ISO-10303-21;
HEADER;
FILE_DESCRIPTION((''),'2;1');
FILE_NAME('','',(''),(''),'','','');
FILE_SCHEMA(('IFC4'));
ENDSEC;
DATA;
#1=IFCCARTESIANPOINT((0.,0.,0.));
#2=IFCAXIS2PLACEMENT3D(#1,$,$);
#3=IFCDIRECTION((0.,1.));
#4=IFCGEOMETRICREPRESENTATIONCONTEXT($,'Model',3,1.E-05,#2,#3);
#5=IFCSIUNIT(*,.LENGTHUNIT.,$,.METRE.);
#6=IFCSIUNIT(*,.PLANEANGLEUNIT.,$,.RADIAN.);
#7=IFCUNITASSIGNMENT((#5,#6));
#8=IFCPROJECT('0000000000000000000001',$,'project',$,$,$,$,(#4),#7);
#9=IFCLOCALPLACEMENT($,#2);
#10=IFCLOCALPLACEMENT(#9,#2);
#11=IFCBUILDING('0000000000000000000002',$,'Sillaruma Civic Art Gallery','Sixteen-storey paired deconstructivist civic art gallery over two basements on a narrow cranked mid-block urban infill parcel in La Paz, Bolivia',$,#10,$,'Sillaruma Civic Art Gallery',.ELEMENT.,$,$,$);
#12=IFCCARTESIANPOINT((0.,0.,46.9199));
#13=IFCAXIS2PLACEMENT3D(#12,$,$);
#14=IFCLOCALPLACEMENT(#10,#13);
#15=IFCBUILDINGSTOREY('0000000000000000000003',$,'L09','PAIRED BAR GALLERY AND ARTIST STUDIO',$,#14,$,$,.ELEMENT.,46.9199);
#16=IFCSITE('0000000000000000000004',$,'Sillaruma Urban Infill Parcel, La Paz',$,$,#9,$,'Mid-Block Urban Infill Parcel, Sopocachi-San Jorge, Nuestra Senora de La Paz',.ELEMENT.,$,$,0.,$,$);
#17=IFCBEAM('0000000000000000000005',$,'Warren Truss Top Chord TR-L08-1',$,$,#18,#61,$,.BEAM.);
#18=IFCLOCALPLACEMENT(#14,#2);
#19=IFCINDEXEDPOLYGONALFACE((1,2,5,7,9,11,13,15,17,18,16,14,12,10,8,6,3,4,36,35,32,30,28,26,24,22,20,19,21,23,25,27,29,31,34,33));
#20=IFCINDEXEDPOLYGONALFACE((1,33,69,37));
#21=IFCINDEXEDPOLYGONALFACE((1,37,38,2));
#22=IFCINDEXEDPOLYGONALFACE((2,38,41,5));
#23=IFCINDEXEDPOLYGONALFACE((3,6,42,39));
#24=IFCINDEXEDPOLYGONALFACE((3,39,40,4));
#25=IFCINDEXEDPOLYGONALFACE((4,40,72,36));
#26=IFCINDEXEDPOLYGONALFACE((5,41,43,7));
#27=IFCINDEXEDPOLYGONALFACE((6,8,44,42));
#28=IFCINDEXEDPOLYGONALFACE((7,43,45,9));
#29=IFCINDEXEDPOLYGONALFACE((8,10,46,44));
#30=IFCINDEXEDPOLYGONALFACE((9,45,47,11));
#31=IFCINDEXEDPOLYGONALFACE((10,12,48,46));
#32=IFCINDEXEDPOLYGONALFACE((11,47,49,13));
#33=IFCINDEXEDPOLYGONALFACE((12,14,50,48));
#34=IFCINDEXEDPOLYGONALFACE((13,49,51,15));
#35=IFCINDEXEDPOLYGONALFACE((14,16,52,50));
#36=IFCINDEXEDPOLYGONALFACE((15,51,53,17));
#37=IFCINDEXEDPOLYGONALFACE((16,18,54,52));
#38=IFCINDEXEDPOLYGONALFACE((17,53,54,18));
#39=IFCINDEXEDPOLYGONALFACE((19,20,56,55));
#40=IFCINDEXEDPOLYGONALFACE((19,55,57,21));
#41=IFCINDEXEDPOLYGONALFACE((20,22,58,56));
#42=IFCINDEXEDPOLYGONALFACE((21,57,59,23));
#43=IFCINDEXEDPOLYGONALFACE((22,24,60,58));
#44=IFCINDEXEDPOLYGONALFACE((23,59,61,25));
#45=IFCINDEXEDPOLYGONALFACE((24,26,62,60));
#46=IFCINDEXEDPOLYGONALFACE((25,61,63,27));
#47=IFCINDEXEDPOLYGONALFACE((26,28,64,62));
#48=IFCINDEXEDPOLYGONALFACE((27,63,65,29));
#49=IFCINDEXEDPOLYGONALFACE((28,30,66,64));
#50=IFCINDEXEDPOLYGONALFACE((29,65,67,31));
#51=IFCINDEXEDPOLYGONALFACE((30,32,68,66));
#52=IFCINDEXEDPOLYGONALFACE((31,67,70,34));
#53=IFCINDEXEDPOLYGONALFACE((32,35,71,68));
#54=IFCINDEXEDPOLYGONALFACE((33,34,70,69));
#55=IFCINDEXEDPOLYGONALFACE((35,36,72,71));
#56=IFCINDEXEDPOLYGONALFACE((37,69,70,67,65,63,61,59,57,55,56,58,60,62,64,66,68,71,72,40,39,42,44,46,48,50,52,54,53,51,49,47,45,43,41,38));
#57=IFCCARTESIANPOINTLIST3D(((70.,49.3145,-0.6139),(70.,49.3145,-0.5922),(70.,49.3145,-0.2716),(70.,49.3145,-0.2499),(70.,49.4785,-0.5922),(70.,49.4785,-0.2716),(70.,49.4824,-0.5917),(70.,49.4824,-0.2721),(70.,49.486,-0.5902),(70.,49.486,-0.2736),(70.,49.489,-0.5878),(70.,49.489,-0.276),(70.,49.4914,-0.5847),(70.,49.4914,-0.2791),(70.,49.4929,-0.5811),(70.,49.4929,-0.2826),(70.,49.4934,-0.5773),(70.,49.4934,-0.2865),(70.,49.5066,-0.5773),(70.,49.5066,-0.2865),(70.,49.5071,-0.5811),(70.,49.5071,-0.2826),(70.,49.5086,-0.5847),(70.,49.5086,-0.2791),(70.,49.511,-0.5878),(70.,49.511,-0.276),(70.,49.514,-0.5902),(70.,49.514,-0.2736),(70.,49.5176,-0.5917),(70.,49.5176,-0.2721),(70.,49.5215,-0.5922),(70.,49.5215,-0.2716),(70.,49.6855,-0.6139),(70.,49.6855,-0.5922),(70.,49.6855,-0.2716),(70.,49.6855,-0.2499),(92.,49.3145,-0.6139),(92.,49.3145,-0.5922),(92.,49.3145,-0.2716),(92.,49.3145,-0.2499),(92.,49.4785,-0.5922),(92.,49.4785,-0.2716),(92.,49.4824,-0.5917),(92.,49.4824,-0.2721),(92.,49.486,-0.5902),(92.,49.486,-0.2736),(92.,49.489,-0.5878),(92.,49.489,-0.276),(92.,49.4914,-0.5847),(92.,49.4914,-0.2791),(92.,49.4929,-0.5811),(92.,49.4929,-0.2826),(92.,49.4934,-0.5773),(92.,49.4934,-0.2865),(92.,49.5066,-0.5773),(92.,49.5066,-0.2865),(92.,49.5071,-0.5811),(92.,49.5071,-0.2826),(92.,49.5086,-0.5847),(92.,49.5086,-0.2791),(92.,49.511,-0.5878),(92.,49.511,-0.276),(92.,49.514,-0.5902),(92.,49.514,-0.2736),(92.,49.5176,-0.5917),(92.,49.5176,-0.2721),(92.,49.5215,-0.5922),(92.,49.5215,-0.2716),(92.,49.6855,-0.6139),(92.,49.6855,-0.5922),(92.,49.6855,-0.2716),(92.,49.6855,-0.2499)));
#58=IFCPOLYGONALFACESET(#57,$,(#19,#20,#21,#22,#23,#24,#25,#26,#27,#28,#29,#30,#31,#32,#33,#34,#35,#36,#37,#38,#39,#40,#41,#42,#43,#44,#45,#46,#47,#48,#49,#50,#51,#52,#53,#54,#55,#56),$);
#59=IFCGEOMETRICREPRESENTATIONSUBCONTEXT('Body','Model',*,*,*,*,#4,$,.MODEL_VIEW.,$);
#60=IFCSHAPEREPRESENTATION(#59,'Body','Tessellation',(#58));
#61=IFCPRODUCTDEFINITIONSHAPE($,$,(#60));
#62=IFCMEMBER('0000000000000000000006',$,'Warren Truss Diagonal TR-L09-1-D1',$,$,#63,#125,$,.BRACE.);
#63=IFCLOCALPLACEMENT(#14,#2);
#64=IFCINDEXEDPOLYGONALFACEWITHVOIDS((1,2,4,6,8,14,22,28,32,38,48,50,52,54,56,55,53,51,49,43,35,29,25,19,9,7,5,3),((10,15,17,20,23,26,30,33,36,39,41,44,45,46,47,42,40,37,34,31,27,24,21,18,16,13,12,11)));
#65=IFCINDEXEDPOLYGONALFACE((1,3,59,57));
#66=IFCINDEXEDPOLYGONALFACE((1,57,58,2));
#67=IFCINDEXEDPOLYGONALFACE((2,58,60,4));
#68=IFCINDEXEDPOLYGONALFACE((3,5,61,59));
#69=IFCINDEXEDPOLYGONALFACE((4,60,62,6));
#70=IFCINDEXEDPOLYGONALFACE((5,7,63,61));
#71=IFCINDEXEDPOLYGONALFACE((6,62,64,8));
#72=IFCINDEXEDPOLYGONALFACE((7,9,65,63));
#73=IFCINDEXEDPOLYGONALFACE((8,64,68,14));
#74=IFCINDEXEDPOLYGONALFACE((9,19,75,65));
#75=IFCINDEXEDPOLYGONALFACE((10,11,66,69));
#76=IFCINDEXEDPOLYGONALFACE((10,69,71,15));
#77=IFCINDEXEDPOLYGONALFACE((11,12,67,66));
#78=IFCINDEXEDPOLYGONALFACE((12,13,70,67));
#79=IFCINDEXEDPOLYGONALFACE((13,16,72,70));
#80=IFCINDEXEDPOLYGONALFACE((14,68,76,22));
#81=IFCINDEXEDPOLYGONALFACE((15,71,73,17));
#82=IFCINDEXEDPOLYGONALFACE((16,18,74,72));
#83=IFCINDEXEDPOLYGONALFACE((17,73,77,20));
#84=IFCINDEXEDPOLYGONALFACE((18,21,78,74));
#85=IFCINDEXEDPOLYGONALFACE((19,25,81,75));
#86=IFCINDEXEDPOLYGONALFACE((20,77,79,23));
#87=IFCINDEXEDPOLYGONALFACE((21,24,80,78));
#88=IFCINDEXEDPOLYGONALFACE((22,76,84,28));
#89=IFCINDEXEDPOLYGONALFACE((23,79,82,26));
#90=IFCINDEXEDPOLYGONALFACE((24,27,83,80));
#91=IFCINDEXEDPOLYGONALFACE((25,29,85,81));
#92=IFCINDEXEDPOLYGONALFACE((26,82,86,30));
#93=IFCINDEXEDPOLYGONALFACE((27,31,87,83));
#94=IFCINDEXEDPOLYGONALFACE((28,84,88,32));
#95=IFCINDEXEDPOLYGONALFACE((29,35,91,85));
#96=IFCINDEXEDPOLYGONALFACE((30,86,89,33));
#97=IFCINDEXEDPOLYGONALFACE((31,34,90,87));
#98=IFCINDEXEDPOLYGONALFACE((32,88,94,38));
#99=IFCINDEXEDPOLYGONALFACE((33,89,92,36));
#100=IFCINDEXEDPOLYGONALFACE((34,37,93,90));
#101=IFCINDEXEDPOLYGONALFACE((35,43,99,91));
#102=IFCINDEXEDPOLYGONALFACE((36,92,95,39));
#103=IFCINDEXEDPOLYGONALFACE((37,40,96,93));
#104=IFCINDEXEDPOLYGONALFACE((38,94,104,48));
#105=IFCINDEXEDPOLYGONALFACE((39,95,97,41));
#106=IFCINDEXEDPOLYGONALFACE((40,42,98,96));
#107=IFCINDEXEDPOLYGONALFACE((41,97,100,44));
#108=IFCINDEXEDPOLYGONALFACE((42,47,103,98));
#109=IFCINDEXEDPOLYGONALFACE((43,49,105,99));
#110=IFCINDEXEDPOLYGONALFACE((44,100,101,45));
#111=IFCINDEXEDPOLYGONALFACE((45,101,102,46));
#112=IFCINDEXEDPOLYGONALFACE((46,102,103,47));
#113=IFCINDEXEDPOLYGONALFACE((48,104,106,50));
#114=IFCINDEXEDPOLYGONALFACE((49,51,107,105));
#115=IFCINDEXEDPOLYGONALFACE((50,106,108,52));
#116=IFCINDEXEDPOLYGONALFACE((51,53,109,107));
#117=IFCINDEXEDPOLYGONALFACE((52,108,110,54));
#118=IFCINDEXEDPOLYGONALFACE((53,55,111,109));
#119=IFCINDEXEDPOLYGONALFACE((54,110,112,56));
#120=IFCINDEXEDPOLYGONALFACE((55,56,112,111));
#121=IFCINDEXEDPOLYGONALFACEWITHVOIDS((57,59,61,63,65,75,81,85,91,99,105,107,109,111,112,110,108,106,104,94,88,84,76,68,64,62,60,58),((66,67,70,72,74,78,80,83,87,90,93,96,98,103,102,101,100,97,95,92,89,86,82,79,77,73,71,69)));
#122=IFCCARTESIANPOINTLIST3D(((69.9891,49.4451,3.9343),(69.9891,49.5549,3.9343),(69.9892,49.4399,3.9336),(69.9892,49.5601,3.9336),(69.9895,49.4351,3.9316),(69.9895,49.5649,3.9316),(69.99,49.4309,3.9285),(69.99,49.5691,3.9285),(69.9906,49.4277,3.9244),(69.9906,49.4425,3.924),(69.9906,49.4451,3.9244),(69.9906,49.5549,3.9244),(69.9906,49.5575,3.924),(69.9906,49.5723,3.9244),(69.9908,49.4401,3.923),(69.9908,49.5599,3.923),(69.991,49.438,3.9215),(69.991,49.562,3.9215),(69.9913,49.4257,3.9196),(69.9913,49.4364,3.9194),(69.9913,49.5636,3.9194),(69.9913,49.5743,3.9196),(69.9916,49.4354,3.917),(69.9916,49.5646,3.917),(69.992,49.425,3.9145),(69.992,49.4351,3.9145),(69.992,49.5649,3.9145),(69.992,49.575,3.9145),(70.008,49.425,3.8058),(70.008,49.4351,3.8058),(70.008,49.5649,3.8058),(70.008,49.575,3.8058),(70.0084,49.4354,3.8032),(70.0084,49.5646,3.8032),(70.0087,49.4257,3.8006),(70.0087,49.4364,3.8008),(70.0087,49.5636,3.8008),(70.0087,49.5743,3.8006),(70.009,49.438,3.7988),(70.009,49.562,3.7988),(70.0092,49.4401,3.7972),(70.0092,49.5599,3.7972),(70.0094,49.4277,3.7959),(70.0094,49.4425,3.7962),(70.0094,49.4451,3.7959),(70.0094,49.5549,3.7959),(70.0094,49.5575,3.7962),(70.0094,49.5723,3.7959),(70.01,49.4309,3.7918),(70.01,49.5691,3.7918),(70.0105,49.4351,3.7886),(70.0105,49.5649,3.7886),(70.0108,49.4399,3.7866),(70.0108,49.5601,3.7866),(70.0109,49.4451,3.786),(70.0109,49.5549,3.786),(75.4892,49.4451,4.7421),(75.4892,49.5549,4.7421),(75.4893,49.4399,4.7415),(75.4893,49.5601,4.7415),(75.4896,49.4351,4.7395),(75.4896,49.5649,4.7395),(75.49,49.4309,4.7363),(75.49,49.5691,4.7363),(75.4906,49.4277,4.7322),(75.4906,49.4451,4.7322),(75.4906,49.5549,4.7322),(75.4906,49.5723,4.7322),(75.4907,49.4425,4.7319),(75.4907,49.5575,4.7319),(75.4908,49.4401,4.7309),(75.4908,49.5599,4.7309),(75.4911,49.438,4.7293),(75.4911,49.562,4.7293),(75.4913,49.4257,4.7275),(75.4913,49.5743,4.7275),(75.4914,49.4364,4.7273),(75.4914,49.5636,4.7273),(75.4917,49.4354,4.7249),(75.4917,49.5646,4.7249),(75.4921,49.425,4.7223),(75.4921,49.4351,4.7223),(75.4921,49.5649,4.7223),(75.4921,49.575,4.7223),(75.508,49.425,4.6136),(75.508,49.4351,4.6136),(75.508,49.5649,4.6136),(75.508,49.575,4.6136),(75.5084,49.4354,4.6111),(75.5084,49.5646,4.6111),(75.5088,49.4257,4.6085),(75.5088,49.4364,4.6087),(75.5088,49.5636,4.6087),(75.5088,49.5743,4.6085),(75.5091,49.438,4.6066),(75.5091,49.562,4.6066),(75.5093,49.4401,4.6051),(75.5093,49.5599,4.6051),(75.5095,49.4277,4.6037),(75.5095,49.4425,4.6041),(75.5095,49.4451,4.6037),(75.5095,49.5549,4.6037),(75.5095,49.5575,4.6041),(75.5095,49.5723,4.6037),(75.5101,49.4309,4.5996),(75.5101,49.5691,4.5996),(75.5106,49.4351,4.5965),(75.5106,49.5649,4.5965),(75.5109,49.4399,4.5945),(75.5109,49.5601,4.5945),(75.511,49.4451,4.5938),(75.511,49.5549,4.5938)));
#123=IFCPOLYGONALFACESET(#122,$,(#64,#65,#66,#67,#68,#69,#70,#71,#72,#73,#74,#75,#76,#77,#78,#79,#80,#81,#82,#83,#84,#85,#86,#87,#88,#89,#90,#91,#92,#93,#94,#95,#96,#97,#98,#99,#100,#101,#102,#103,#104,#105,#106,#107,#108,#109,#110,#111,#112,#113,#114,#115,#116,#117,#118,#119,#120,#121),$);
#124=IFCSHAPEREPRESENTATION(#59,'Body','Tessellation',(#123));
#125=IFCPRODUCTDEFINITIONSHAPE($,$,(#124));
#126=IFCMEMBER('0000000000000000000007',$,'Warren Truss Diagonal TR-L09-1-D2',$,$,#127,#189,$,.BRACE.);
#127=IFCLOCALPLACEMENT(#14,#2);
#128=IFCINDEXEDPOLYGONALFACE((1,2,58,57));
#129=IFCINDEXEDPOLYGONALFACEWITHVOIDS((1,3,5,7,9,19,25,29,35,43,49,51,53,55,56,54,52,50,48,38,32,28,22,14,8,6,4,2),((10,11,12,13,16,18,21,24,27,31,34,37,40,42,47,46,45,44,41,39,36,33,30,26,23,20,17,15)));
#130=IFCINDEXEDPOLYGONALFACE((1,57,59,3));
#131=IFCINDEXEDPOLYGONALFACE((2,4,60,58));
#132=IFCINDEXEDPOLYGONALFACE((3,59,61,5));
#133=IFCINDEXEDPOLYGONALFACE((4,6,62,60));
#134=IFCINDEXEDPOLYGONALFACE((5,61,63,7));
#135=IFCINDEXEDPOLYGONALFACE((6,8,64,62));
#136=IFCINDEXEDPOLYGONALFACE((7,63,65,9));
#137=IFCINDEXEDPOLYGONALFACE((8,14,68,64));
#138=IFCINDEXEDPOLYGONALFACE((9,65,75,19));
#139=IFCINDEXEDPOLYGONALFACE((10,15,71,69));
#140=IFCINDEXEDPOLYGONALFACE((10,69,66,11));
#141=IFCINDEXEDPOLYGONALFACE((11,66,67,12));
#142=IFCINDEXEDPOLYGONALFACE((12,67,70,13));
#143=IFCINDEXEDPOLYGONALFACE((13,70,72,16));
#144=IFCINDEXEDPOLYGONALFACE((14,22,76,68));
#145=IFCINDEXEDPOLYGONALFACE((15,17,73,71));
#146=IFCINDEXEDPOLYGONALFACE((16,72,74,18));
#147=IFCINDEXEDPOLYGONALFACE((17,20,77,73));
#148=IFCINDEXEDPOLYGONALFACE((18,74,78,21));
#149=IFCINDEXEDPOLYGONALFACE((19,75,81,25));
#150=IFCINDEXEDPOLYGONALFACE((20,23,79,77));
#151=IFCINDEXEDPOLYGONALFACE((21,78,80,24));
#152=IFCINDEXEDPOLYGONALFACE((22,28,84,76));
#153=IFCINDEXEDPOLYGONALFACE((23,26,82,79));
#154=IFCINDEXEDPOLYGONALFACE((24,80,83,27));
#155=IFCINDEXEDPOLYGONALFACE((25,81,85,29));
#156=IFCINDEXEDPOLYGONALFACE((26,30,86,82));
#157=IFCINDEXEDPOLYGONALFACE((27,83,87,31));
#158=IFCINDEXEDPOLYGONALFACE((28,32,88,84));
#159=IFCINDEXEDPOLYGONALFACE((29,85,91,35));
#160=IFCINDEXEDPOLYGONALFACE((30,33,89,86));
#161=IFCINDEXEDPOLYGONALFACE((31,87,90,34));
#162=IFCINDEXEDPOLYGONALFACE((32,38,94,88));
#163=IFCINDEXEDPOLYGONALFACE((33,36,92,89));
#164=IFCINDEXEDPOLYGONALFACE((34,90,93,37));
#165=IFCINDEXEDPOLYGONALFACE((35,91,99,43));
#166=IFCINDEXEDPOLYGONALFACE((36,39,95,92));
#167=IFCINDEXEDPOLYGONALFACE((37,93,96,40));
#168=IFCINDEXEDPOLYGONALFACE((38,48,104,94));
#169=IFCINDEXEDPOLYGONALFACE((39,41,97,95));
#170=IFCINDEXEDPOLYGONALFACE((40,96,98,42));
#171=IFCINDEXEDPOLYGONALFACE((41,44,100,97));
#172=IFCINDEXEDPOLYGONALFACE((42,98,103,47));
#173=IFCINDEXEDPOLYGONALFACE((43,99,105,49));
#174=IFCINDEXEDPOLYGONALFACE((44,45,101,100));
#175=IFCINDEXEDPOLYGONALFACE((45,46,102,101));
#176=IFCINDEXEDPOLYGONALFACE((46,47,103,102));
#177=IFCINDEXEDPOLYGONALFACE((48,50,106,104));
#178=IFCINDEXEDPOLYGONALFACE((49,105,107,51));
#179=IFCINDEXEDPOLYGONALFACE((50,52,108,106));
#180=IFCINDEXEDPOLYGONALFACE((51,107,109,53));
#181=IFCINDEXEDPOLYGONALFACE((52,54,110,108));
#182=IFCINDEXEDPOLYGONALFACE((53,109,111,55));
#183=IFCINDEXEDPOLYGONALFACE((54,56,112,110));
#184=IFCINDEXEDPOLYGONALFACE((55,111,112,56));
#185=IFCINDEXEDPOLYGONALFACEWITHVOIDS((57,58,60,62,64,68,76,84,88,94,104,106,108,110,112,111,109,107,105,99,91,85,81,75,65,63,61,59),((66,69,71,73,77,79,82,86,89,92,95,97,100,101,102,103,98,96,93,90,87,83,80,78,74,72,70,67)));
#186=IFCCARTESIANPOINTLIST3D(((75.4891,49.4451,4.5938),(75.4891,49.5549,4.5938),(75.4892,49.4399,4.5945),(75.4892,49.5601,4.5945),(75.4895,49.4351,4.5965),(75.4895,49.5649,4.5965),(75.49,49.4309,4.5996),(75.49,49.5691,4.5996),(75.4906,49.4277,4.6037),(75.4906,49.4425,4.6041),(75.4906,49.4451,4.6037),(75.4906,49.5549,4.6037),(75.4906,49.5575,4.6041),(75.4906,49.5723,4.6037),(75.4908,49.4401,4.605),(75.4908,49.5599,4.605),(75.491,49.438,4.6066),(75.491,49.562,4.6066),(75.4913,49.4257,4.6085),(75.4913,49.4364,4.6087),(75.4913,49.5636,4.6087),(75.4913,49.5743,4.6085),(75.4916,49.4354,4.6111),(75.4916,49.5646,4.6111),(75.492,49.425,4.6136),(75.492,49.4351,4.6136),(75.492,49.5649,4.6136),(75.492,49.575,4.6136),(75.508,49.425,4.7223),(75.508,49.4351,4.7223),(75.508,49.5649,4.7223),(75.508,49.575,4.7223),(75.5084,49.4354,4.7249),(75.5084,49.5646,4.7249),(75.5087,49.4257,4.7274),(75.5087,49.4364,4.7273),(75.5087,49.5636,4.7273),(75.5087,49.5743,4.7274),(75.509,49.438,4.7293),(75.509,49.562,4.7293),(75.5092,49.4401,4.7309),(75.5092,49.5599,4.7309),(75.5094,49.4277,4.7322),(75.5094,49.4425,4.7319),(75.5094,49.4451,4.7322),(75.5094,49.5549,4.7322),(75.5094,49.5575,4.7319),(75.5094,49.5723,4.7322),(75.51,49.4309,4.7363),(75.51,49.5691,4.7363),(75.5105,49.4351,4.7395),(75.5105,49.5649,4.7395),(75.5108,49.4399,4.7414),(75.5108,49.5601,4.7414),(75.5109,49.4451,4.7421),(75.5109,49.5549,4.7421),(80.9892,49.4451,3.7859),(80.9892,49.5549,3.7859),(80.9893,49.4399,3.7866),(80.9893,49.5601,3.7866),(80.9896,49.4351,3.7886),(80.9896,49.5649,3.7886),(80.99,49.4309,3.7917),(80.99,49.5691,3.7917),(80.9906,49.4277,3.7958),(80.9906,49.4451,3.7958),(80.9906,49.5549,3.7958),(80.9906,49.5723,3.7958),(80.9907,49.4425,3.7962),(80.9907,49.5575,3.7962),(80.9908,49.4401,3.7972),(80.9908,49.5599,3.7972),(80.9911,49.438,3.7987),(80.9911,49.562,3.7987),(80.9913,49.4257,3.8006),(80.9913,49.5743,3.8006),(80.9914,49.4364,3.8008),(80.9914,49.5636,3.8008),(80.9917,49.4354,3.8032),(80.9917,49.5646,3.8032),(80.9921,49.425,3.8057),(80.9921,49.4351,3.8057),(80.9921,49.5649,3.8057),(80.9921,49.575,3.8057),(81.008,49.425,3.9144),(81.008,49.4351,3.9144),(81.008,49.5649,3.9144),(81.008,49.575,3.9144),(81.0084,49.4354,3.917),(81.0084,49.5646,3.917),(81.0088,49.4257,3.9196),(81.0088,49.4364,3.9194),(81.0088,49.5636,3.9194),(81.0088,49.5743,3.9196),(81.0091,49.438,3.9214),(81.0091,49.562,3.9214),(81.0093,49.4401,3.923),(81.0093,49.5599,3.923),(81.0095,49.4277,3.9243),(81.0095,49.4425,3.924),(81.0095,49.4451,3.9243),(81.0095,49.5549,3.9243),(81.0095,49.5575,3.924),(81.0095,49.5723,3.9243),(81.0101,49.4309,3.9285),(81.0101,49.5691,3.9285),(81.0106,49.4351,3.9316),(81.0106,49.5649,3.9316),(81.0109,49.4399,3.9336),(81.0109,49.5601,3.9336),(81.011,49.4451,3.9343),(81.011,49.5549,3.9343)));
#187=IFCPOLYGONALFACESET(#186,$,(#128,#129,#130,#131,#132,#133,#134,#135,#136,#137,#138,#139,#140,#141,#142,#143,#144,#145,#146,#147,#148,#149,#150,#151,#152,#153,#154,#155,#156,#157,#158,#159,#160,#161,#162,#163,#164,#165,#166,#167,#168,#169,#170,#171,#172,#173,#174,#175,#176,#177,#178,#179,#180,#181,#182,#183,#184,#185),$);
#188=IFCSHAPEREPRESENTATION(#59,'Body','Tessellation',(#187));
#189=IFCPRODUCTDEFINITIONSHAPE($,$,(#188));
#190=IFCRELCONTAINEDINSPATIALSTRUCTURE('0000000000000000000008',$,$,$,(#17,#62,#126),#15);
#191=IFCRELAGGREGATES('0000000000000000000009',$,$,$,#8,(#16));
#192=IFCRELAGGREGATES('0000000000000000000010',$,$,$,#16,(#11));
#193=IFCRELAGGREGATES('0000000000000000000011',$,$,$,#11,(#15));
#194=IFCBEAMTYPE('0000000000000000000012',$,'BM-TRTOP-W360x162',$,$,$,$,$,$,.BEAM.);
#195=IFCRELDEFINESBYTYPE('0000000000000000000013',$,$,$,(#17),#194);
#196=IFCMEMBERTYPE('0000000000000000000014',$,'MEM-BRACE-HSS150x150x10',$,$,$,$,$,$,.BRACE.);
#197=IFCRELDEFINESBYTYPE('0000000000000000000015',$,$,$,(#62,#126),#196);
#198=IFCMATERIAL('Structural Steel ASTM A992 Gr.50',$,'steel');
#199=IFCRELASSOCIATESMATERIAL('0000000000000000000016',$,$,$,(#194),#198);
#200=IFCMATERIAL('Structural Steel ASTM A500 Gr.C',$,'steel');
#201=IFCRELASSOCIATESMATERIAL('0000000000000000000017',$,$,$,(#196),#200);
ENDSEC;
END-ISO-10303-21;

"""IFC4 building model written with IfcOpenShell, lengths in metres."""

from ifc_helpers import new_model, si_unit, direction, frame, origin, origin_2d, place, context, subcontext, project, spatial, hollow_rectangle, i_section, extrude, material, material_profile, profile_set, type_object, element, save


model = new_model("IFC4")

# Units and contexts
model_context = context("Model", 3, precision=1e-05, world=origin(), true_north=direction((0.0, 1.0)))
body_context = subcontext(model_context, "Body", "Model", "MODEL_VIEW")
ifc_project = project(units=[si_unit("LENGTHUNIT", "METRE"), si_unit("PLANEANGLEUNIT", "RADIAN")], contexts=[model_context])

# Site, building, storey
site_placement = place(None, origin())
site = spatial("IfcSite", under=ifc_project, at=site_placement, Name="Sillaruma Urban Infill Parcel, La Paz", LongName="Mid-Block Urban Infill Parcel, Sopocachi-San Jorge, Nuestra Senora de La Paz", CompositionType="ELEMENT", RefElevation=0.0)
building_placement = place(site_placement, origin())
building = spatial("IfcBuilding", under=site, at=building_placement, Name="Sillaruma Civic Art Gallery", Description="Sixteen-storey paired deconstructivist civic art gallery over two basements on a narrow cranked mid-block urban infill parcel in La Paz, Bolivia", LongName="Sillaruma Civic Art Gallery", CompositionType="ELEMENT")
storey_placement = place(building_placement, frame((0.0, 0.0, 46.9199)))
storey = spatial("IfcBuildingStorey", under=building, at=storey_placement, Name="L09", Description="PAIRED BAR GALLERY AND ARTIST STUDIO", CompositionType="ELEMENT", Elevation=46.9199)

# Beam
ifc_material_1 = material(Name="Structural Steel ASTM A992 Gr.50", Category="steel")
ifc_material_2 = material(Name="Structural Steel ASTM A500 Gr.C", Category="steel")
ifc_material_profile_1 = material_profile(ifc_material_1, i_section(OverallWidth=0.3711, OverallDepth=0.364, WebThickness=0.0132, FlangeThickness=0.0217, FilletRadius=0.0149, at=origin_2d()), Name="W360x162")
ifc_profile_set_1 = profile_set([ifc_material_profile_1], Name="Structural Steel ASTM A992 Gr.50")
beam_type_1 = type_object("IfcBeamType", Name="BM-TRTOP-W360x162", PredefinedType="BEAM", material=ifc_profile_set_1)
beam_1_placement = place(storey_placement, frame((70.0, 49.5, -0.4319), z_axis=(1.0, 0.0, 0.0), x_axis=(0.0, 1.0, 0.0)))
element("IfcBeam", 1, at=beam_1_placement, inside=storey, type_object=beam_type_1, Name="Warren Truss Top Chord TR-L08-1", PredefinedType="BEAM", context=body_context, shape_type="SweptSolid", body=[
    extrude(i_section(OverallWidth=0.3711, OverallDepth=0.364, WebThickness=0.0132, FlangeThickness=0.0217, FilletRadius=0.0149, at=origin_2d()), origin(), (0.0, 0.0, 1.0), 22.0),
])

# Members
ifc_material_profile_2 = material_profile(ifc_material_2, hollow_rectangle(XDim=0.1499, YDim=0.1499, WallThickness=0.01, InnerFilletRadius=0.01, OuterFilletRadius=0.02, at=origin_2d()), Name="HSS150x150x10")
ifc_profile_set_2 = profile_set([ifc_material_profile_2], Name="Structural Steel ASTM A500 Gr.C")
member_type_1 = type_object("IfcMemberType", Name="MEM-BRACE-HSS150x150x10", PredefinedType="BRACE", material=ifc_profile_set_2)
for number, where, z_axis, x_axis, name in (
    (2, (70.0, 49.5, 3.8601), (0.989384, 0.0, 0.145325), (0.0, 1.0, 0.0), "Warren Truss Diagonal TR-L09-1-D1"),
    (3, (75.5, 49.5, 4.668), (0.989384, 0.0, -0.145325), (0.0, 1.0, 0.0), "Warren Truss Diagonal TR-L09-1-D2"),
):
    element("IfcMember", number, at=place(storey_placement, frame(where, z_axis=z_axis, x_axis=x_axis)), inside=storey, type_object=member_type_1, Name=name, PredefinedType="BRACE", context=body_context, shape_type="SweptSolid", body=[
        extrude(hollow_rectangle(XDim=0.1499, YDim=0.1499, WallThickness=0.01, InnerFilletRadius=0.01, OuterFilletRadius=0.02, at=origin_2d()), origin(), (0.0, 0.0, 1.0), 5.5591),
    ])

save(model, "model.ifc")
